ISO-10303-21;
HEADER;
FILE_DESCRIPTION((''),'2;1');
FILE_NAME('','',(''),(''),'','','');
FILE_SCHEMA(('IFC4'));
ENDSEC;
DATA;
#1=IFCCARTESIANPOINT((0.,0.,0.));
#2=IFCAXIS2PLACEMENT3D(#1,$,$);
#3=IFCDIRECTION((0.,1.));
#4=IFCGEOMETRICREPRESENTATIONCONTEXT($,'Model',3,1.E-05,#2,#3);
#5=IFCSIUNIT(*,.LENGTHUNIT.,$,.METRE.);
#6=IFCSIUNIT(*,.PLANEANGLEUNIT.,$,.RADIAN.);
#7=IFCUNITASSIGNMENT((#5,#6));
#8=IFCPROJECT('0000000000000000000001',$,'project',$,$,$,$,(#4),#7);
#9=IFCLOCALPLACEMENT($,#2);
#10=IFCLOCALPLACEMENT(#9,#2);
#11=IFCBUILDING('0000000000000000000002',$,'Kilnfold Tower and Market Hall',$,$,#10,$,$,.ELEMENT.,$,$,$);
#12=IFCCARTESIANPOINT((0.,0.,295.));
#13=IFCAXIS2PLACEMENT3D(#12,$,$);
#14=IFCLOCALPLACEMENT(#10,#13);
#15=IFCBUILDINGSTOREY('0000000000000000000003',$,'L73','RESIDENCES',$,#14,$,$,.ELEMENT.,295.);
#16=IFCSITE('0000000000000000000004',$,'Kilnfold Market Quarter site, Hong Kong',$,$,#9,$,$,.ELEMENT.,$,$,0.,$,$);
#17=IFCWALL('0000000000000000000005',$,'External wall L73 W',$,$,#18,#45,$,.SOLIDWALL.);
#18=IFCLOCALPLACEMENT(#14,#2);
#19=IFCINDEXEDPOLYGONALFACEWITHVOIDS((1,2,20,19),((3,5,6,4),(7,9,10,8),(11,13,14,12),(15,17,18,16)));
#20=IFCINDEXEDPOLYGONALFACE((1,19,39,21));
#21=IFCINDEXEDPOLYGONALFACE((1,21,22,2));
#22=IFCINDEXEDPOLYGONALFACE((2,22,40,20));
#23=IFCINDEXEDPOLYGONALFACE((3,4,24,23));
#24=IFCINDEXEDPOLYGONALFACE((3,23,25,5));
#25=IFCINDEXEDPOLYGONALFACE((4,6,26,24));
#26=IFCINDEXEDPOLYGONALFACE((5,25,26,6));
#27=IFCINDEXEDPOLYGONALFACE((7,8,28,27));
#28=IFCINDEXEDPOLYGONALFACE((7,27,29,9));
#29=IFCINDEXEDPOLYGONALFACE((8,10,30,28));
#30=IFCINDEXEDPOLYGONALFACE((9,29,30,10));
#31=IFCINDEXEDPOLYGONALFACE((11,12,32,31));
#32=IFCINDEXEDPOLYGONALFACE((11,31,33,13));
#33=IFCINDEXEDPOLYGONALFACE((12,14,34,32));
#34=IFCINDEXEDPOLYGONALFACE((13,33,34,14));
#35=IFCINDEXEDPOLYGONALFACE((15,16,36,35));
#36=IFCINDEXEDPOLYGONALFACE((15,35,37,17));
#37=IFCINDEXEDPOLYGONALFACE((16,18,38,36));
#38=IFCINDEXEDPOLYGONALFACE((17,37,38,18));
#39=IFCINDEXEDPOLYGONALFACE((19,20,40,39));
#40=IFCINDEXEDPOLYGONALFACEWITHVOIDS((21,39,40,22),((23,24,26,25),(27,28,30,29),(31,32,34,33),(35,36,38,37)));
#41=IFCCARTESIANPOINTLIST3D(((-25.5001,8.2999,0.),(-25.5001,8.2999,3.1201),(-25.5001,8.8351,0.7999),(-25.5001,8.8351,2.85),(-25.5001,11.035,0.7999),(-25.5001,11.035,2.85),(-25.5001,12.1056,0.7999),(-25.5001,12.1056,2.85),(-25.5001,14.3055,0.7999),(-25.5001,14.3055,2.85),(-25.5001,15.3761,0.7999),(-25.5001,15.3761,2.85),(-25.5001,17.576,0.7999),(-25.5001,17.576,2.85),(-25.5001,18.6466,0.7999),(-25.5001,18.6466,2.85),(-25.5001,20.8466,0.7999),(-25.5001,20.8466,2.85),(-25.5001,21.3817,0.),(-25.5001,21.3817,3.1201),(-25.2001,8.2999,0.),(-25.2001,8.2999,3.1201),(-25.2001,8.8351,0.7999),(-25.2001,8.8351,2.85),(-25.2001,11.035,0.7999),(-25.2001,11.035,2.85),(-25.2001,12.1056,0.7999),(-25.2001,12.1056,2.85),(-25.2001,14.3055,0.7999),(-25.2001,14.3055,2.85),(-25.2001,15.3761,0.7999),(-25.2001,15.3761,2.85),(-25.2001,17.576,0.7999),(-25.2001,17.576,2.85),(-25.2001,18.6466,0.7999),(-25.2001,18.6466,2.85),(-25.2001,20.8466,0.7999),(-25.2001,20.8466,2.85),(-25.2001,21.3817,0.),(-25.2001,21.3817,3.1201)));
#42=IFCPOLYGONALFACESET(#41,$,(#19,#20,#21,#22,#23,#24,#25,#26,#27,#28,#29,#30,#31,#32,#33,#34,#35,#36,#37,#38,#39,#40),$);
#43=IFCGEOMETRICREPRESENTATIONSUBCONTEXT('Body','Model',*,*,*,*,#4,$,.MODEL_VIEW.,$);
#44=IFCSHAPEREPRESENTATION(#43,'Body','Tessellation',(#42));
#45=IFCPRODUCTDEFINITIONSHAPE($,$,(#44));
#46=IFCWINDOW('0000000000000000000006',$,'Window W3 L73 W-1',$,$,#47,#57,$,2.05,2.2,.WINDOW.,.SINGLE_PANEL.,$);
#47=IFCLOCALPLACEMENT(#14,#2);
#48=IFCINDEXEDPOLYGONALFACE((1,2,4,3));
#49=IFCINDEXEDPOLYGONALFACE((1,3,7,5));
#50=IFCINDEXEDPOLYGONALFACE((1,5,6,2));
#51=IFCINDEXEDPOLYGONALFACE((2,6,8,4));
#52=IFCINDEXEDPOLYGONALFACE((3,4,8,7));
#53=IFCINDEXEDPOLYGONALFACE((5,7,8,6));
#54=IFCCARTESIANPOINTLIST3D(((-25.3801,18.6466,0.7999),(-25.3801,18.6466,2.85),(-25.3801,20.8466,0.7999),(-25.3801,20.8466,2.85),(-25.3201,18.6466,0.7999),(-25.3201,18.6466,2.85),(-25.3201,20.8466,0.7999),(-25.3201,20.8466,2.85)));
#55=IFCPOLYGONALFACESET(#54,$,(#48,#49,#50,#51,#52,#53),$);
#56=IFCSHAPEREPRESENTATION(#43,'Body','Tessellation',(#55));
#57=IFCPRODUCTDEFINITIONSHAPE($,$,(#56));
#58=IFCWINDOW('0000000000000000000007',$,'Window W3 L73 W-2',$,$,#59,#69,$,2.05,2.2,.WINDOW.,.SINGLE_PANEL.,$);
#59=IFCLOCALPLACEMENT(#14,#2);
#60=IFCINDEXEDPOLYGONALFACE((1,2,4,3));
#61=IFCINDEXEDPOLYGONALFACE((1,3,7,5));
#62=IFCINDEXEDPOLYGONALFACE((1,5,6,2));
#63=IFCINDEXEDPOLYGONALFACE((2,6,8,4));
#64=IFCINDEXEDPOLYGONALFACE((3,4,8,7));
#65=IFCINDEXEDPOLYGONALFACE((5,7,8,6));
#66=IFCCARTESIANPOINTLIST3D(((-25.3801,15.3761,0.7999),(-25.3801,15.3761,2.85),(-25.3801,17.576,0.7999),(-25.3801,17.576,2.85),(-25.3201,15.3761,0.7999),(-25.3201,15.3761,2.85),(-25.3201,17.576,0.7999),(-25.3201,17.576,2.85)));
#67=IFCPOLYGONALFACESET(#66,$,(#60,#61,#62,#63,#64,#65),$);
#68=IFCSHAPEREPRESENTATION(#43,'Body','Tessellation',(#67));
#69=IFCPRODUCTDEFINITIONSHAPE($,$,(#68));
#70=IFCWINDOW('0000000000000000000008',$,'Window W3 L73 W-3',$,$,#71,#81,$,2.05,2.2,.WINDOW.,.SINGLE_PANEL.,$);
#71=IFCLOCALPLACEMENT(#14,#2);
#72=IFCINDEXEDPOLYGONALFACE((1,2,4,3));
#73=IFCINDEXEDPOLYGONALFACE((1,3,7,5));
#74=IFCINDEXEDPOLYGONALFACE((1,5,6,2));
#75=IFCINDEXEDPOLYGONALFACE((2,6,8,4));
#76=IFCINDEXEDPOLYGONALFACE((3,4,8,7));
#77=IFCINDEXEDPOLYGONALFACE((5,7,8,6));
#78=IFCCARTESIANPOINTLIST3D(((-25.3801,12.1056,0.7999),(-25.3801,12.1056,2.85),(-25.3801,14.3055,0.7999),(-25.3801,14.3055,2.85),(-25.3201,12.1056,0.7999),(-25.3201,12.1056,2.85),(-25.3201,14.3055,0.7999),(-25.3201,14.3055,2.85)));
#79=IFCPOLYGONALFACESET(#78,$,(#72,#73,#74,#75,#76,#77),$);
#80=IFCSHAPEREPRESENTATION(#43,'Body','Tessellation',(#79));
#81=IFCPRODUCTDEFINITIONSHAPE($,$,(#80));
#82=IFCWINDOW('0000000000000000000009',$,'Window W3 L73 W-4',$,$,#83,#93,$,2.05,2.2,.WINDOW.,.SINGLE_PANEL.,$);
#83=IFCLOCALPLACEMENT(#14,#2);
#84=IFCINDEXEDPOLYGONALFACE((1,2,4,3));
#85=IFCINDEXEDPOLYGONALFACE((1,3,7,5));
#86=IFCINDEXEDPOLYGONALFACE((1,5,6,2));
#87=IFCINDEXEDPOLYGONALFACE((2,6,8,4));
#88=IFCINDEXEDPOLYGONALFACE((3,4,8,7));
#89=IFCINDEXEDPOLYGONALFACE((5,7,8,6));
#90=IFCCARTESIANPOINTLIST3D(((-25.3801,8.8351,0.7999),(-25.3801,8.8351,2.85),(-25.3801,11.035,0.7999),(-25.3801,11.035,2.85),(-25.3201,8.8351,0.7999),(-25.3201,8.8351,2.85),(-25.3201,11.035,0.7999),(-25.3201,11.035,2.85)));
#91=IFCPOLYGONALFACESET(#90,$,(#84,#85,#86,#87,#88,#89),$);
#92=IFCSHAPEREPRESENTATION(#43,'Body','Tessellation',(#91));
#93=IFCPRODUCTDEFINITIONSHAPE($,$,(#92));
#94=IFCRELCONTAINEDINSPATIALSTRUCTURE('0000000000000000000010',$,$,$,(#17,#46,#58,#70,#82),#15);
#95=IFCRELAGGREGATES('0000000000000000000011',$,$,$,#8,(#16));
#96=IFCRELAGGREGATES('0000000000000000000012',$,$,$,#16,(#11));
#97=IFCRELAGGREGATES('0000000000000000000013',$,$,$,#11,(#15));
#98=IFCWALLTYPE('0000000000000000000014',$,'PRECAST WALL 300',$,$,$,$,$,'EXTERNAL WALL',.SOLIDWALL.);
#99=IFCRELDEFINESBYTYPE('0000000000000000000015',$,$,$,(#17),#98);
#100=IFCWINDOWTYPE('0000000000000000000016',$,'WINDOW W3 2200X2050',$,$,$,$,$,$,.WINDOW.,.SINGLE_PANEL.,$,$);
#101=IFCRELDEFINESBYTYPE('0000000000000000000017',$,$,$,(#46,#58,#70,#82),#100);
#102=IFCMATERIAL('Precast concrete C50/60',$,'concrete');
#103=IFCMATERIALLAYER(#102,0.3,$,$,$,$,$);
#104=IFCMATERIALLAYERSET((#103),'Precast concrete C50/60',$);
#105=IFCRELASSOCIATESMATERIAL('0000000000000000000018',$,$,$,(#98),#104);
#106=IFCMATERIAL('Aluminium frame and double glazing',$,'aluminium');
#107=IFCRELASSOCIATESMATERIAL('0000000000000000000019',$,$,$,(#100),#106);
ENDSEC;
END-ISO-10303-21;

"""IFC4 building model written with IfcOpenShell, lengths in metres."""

from ifc_helpers import new_model, si_unit, direction, frame, frame_2d, origin, place, context, subcontext, project, spatial, rectangle, extrude, source, transform, mapped, material, layer, layer_set, type_object, element, fill, save


model = new_model("IFC4")

# Units and contexts
model_context = context("Model", 3, precision=1e-05, world=origin(), true_north=direction((0.0, 1.0)))
body_context = subcontext(model_context, "Body", "Model", "MODEL_VIEW")
ifc_project = project(units=[si_unit("LENGTHUNIT", "METRE"), si_unit("PLANEANGLEUNIT", "RADIAN")], contexts=[model_context])

# Site, building, storey
site_placement = place(None, origin())
site = spatial("IfcSite", under=ifc_project, at=site_placement, Name="Kilnfold Market Quarter site, Hong Kong", CompositionType="ELEMENT", RefElevation=0.0)
building_placement = place(site_placement, origin())
building = spatial("IfcBuilding", under=site, at=building_placement, Name="Kilnfold Tower and Market Hall", CompositionType="ELEMENT")
storey_placement = place(building_placement, frame((0.0, 0.0, 295.0)))
storey = spatial("IfcBuildingStorey", under=building, at=storey_placement, Name="L73", Description="RESIDENCES", CompositionType="ELEMENT", Elevation=295.0)

# Wall, openings, windows
ifc_material_1 = material(Name="Precast concrete C50/60", Category="concrete")
ifc_layer_1 = layer(ifc_material_1, 0.3)
ifc_layer_set_1 = layer_set([ifc_layer_1], Name="Precast concrete C50/60")
wall_type_1 = type_object("IfcWallType", Name="PRECAST WALL 300", ElementType="EXTERNAL WALL", PredefinedType="SOLIDWALL", material=ifc_layer_set_1)
shared_shape_1 = source(origin(), body_context, "Body", "SweptSolid", [
    extrude(rectangle(XDim=13.0818, YDim=0.3, at=frame_2d((6.541, 0.0))), origin(), (0.0, 0.0, 1.0), 3.1201),
])
wall_1_placement = place(storey_placement, frame((-25.3501, 21.3818, 0.0), z_axis=(0.0, 0.0, 1.0), x_axis=(0.0, -1.0, 0.0)))
wall_1 = element("IfcWall", 1, at=wall_1_placement, inside=storey, type_object=wall_type_1, Name="External wall L73 W", PredefinedType="SOLIDWALL", context=body_context, shape_type="MappedRepresentation", body=[
    mapped(shared_shape_1, transform((0.0, 0.0, 0.0))),
])
opening_1_placement = place(wall_1_placement, frame((0.5352, 0.0, 0.8)))
opening_1 = element("IfcOpeningElement", 2, at=opening_1_placement, cuts=wall_1, PredefinedType="OPENING", context=body_context, shape_type="SweptSolid", body=[
    extrude(rectangle(XDim=2.2, YDim=2.05, at=frame_2d((1.1001, 1.0249))), frame((0.0, 0.1602, 0.0), z_axis=(0.0, -1.0, 0.0), x_axis=(1.0, 0.0, 0.0)), (0.0, 0.0, 1.0), 0.3201),
])
opening_2_placement = place(wall_1_placement, frame((3.8057, 0.0, 0.8)))
opening_2 = element("IfcOpeningElement", 3, at=opening_2_placement, cuts=wall_1, PredefinedType="OPENING", context=body_context, shape_type="SweptSolid", body=[
    extrude(rectangle(XDim=2.2, YDim=2.05, at=frame_2d((1.1001, 1.0249))), frame((0.0, 0.1602, 0.0), z_axis=(0.0, -1.0, 0.0), x_axis=(1.0, 0.0, 0.0)), (0.0, 0.0, 1.0), 0.3201),
])
opening_3_placement = place(wall_1_placement, frame((7.0762, 0.0, 0.8)))
opening_3 = element("IfcOpeningElement", 4, at=opening_3_placement, cuts=wall_1, PredefinedType="OPENING", context=body_context, shape_type="SweptSolid", body=[
    extrude(rectangle(XDim=2.2, YDim=2.05, at=frame_2d((1.1001, 1.0249))), frame((0.0, 0.1602, 0.0), z_axis=(0.0, -1.0, 0.0), x_axis=(1.0, 0.0, 0.0)), (0.0, 0.0, 1.0), 0.3201),
])
opening_4_placement = place(wall_1_placement, frame((10.3467, 0.0, 0.8)))
opening_4 = element("IfcOpeningElement", 5, at=opening_4_placement, cuts=wall_1, PredefinedType="OPENING", context=body_context, shape_type="SweptSolid", body=[
    extrude(rectangle(XDim=2.2, YDim=2.05, at=frame_2d((1.1001, 1.0249))), frame((0.0, 0.1602, 0.0), z_axis=(0.0, -1.0, 0.0), x_axis=(1.0, 0.0, 0.0)), (0.0, 0.0, 1.0), 0.3201),
])
ifc_material_2 = material(Name="Aluminium frame and double glazing", Category="aluminium")
window_type = type_object("IfcWindowType", Name="WINDOW W3 2200X2050", PartitioningType="SINGLE_PANEL", PredefinedType="WINDOW", material=ifc_material_2)
window_1_placement = place(opening_1_placement, origin())
window_1 = element("IfcWindow", 6, at=window_1_placement, inside=storey, type_object=window_type, Name="Window W3 L73 W-1", OverallHeight=2.05, OverallWidth=2.2, PartitioningType="SINGLE_PANEL", PredefinedType="WINDOW", context=body_context, shape_type="SweptSolid", body=[
    extrude(rectangle(XDim=2.2, YDim=2.05, at=frame_2d((1.1001, 1.0249))), frame((0.0, 0.03, 0.0), z_axis=(0.0, -1.0, 0.0), x_axis=(1.0, 0.0, 0.0)), (0.0, 0.0, 1.0), 0.0601),
])
fill(opening_1, window_1)
window_2_placement = place(opening_2_placement, origin())
window_2 = element("IfcWindow", 7, at=window_2_placement, inside=storey, type_object=window_type, Name="Window W3 L73 W-2", OverallHeight=2.05, OverallWidth=2.2, PartitioningType="SINGLE_PANEL", PredefinedType="WINDOW", context=body_context, shape_type="SweptSolid", body=[
    extrude(rectangle(XDim=2.2, YDim=2.05, at=frame_2d((1.1001, 1.0249))), frame((0.0, 0.03, 0.0), z_axis=(0.0, -1.0, 0.0), x_axis=(1.0, 0.0, 0.0)), (0.0, 0.0, 1.0), 0.0601),
])
fill(opening_2, window_2)
window_3_placement = place(opening_3_placement, origin())
window_3 = element("IfcWindow", 8, at=window_3_placement, inside=storey, type_object=window_type, Name="Window W3 L73 W-3", OverallHeight=2.05, OverallWidth=2.2, PartitioningType="SINGLE_PANEL", PredefinedType="WINDOW", context=body_context, shape_type="SweptSolid", body=[
    extrude(rectangle(XDim=2.2, YDim=2.05, at=frame_2d((1.1001, 1.0249))), frame((0.0, 0.03, 0.0), z_axis=(0.0, -1.0, 0.0), x_axis=(1.0, 0.0, 0.0)), (0.0, 0.0, 1.0), 0.0601),
])
fill(opening_3, window_3)
window_4_placement = place(opening_4_placement, origin())
window_4 = element("IfcWindow", 9, at=window_4_placement, inside=storey, type_object=window_type, Name="Window W3 L73 W-4", OverallHeight=2.05, OverallWidth=2.2, PartitioningType="SINGLE_PANEL", PredefinedType="WINDOW", context=body_context, shape_type="SweptSolid", body=[
    extrude(rectangle(XDim=2.2, YDim=2.05, at=frame_2d((1.1001, 1.0249))), frame((0.0, 0.03, 0.0), z_axis=(0.0, -1.0, 0.0), x_axis=(1.0, 0.0, 0.0)), (0.0, 0.0, 1.0), 0.0601),
])
fill(opening_4, window_4)

save(model, "model.ifc")
